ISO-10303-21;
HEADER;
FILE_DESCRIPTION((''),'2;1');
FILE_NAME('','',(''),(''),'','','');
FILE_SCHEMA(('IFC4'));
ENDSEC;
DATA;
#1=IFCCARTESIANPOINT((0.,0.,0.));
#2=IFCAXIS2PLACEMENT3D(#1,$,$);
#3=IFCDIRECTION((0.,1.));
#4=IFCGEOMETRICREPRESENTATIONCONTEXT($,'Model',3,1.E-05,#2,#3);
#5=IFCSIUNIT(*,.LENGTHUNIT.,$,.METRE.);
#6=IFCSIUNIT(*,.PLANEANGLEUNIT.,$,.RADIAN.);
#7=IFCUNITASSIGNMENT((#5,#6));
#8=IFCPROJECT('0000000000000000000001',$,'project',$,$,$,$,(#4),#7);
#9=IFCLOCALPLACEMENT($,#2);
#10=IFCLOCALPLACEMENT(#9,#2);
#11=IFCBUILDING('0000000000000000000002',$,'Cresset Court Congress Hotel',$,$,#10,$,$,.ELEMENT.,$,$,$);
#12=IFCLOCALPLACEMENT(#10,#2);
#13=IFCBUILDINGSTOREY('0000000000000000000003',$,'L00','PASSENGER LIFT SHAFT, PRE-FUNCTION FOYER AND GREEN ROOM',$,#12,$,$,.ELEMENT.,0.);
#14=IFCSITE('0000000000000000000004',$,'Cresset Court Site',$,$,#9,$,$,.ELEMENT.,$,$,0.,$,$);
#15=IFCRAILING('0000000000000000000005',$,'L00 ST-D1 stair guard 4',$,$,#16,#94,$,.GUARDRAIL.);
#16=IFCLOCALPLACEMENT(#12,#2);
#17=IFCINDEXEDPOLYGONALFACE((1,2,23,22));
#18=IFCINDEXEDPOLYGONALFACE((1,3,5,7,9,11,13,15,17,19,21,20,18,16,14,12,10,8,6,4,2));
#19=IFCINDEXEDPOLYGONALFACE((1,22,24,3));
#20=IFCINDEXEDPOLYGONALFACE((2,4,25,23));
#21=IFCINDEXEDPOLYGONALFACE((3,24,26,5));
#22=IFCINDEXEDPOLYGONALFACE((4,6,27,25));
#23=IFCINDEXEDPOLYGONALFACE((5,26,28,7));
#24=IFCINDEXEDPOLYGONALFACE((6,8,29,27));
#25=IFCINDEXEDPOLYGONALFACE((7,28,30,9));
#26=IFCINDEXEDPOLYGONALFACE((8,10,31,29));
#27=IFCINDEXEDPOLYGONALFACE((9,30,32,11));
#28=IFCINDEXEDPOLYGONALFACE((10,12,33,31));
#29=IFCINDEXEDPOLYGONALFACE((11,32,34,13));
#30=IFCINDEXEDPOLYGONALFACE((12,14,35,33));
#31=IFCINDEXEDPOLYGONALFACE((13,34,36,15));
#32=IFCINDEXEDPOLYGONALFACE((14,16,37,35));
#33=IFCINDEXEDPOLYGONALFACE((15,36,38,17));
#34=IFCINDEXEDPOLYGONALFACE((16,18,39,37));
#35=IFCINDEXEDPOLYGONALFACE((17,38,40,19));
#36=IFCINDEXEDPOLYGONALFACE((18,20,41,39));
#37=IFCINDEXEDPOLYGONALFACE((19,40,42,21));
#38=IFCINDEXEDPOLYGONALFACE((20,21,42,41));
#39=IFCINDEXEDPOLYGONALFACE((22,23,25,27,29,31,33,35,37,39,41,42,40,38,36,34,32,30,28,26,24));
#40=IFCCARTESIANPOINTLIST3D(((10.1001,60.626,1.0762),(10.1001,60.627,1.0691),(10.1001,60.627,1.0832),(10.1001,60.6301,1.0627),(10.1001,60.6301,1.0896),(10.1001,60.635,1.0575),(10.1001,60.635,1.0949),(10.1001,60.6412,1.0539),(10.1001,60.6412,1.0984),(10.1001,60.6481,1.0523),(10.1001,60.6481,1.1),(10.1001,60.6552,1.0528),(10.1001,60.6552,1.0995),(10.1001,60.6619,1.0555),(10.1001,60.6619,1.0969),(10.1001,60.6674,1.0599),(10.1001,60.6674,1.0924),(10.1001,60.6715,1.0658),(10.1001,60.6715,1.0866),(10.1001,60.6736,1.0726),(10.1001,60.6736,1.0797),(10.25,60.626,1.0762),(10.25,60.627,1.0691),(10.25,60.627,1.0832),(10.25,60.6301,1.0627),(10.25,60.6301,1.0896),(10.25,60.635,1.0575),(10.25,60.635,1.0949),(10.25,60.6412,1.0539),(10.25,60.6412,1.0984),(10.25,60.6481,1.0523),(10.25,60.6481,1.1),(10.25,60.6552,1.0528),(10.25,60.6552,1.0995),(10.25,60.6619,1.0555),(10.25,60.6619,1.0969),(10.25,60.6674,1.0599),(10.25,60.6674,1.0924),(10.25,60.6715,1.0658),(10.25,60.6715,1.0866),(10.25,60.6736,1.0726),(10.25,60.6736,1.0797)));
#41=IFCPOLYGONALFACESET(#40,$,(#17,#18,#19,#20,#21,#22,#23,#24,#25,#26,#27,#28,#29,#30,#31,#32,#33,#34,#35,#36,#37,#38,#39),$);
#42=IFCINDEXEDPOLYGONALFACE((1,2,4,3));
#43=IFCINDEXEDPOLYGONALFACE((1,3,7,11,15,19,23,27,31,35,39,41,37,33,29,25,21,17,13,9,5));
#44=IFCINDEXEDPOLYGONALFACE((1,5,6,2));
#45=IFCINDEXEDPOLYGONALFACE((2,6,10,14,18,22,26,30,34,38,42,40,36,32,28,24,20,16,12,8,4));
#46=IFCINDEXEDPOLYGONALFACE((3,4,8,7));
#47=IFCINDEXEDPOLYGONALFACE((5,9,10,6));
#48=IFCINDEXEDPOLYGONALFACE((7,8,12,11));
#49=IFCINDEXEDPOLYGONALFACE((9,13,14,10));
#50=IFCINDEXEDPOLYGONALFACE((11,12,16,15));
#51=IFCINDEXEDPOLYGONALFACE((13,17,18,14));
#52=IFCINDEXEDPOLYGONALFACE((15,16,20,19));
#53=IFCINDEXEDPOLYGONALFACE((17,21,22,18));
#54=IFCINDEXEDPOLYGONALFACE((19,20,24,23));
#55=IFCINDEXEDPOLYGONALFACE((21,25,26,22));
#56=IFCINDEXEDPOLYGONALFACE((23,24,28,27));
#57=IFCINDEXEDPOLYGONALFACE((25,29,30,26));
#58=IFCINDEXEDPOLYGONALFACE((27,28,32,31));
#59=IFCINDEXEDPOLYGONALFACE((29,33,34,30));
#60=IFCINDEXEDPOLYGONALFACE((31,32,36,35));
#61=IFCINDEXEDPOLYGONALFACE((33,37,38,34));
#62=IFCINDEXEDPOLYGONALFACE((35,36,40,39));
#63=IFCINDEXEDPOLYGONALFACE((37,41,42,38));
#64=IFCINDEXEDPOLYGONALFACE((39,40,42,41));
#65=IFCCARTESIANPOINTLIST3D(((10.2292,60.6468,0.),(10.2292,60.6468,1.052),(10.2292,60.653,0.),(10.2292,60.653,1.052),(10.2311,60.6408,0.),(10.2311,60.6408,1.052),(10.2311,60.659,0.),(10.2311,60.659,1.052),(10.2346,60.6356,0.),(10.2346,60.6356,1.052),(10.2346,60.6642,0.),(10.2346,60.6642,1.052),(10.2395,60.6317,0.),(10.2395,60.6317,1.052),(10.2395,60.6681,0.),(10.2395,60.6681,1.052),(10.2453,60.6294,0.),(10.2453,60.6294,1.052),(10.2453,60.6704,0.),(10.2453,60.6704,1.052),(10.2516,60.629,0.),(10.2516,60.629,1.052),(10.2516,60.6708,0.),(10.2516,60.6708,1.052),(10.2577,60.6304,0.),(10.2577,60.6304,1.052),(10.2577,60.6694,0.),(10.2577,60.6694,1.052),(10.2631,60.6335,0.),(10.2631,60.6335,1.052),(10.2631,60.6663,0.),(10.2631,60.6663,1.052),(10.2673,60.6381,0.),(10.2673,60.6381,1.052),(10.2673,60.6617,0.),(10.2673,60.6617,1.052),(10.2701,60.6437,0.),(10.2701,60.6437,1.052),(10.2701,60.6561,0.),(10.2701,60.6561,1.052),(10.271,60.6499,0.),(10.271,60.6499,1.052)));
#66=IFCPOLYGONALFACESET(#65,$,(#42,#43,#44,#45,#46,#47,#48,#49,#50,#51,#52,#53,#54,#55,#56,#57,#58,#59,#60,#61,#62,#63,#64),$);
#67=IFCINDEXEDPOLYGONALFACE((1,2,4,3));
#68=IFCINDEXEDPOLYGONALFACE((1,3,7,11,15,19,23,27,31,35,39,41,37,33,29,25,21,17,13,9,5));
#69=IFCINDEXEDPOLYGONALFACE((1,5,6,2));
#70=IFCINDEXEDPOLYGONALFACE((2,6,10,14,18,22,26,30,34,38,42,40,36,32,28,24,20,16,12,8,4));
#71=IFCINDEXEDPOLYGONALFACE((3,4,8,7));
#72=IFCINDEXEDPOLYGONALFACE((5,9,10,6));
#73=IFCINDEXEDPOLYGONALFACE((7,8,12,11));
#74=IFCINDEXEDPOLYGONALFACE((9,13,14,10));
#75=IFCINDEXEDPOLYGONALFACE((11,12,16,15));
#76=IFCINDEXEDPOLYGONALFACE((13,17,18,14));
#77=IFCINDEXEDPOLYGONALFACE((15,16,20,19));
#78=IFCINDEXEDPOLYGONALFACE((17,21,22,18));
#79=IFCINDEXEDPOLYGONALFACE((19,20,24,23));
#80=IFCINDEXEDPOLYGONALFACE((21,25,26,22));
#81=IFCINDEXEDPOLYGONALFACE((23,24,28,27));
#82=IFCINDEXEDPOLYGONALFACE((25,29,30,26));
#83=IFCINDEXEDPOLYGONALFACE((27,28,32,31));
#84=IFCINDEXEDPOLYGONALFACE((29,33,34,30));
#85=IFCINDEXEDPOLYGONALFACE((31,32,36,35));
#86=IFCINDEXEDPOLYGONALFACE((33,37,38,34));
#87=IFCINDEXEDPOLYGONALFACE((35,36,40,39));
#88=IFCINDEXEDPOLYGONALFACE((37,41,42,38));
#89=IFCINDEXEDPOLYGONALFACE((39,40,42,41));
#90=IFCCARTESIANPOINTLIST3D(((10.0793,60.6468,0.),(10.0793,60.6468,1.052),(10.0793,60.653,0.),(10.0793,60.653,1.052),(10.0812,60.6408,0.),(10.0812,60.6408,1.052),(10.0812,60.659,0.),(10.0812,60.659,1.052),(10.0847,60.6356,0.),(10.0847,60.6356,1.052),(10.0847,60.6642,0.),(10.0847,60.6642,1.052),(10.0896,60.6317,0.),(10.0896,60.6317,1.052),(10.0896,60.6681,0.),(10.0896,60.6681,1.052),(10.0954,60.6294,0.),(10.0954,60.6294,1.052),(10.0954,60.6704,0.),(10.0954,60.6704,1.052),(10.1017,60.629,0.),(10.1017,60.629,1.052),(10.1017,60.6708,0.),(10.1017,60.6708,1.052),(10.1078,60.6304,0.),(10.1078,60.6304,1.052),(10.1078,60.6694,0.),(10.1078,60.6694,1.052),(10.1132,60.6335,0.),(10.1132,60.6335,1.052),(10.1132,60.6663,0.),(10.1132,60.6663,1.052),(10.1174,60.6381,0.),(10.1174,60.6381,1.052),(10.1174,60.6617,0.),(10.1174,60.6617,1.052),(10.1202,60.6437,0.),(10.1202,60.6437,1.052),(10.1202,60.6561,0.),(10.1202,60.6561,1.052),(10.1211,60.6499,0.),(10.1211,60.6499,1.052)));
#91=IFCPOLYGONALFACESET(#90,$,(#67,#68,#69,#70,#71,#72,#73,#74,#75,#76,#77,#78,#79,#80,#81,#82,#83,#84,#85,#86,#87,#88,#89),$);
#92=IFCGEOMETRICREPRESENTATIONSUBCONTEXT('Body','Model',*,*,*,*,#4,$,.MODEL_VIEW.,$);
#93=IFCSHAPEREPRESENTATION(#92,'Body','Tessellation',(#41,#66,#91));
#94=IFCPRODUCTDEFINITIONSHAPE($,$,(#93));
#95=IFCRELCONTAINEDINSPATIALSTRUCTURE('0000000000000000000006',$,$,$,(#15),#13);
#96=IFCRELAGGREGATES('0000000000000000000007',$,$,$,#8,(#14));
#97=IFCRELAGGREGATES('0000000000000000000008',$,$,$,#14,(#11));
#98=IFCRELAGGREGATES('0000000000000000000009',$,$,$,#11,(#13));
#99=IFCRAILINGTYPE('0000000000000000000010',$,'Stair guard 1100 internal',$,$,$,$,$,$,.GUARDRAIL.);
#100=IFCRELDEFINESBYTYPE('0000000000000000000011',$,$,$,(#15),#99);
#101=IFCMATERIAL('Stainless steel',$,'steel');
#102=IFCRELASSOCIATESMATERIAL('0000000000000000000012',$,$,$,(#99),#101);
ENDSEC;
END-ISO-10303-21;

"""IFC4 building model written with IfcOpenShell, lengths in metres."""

from ifc_helpers import new_model, si_unit, direction, frame, origin, origin_2d, place, context, subcontext, project, spatial, circle, extrude, material, type_object, element, save


model = new_model("IFC4")

# Units and contexts
model_context = context("Model", 3, precision=1e-05, world=origin(), true_north=direction((0.0, 1.0)))
body_context = subcontext(model_context, "Body", "Model", "MODEL_VIEW")
ifc_project = project(units=[si_unit("LENGTHUNIT", "METRE"), si_unit("PLANEANGLEUNIT", "RADIAN")], contexts=[model_context])

# Site, building, storey
site_placement = place(None, origin())
site = spatial("IfcSite", under=ifc_project, at=site_placement, Name="Cresset Court Site", CompositionType="ELEMENT", RefElevation=0.0)
building_placement = place(site_placement, origin())
building = spatial("IfcBuilding", under=site, at=building_placement, Name="Cresset Court Congress Hotel", CompositionType="ELEMENT")
storey_placement = place(building_placement, origin())
storey = spatial("IfcBuildingStorey", under=building, at=storey_placement, Name="L00", Description="PASSENGER LIFT SHAFT, PRE-FUNCTION FOYER AND GREEN ROOM", CompositionType="ELEMENT", Elevation=0.0)

# Railing
ifc_material_1 = material(Name="Stainless steel", Category="steel")
railing_type_1 = type_object("IfcRailingType", Name="Stair guard 1100 internal", PredefinedType="GUARDRAIL", material=ifc_material_1)
railing_1_placement = place(storey_placement, frame((10.25, 60.6499, 0.0)))
element("IfcRailing", 1, at=railing_1_placement, inside=storey, type_object=railing_type_1, Name="L00 ST-D1 stair guard 4", PredefinedType="GUARDRAIL", context=body_context, shape_type="SweptSolid", body=[
    extrude(circle(Radius=0.0239, at=origin_2d()), frame((0.0, 0.0, 1.0762), z_axis=(-1.0, 0.0, 0.0), x_axis=(0.0, -1.0, 0.0)), (0.0, 0.0, 1.0), 0.1499),
    extrude(circle(Radius=0.021, at=origin_2d()), origin(), (0.0, 0.0, 1.0), 1.052),
    extrude(circle(Radius=0.021, at=origin_2d()), frame((-0.1499, 0.0, 0.0)), (0.0, 0.0, 1.0), 1.052),
])

save(model, "model.ifc")
